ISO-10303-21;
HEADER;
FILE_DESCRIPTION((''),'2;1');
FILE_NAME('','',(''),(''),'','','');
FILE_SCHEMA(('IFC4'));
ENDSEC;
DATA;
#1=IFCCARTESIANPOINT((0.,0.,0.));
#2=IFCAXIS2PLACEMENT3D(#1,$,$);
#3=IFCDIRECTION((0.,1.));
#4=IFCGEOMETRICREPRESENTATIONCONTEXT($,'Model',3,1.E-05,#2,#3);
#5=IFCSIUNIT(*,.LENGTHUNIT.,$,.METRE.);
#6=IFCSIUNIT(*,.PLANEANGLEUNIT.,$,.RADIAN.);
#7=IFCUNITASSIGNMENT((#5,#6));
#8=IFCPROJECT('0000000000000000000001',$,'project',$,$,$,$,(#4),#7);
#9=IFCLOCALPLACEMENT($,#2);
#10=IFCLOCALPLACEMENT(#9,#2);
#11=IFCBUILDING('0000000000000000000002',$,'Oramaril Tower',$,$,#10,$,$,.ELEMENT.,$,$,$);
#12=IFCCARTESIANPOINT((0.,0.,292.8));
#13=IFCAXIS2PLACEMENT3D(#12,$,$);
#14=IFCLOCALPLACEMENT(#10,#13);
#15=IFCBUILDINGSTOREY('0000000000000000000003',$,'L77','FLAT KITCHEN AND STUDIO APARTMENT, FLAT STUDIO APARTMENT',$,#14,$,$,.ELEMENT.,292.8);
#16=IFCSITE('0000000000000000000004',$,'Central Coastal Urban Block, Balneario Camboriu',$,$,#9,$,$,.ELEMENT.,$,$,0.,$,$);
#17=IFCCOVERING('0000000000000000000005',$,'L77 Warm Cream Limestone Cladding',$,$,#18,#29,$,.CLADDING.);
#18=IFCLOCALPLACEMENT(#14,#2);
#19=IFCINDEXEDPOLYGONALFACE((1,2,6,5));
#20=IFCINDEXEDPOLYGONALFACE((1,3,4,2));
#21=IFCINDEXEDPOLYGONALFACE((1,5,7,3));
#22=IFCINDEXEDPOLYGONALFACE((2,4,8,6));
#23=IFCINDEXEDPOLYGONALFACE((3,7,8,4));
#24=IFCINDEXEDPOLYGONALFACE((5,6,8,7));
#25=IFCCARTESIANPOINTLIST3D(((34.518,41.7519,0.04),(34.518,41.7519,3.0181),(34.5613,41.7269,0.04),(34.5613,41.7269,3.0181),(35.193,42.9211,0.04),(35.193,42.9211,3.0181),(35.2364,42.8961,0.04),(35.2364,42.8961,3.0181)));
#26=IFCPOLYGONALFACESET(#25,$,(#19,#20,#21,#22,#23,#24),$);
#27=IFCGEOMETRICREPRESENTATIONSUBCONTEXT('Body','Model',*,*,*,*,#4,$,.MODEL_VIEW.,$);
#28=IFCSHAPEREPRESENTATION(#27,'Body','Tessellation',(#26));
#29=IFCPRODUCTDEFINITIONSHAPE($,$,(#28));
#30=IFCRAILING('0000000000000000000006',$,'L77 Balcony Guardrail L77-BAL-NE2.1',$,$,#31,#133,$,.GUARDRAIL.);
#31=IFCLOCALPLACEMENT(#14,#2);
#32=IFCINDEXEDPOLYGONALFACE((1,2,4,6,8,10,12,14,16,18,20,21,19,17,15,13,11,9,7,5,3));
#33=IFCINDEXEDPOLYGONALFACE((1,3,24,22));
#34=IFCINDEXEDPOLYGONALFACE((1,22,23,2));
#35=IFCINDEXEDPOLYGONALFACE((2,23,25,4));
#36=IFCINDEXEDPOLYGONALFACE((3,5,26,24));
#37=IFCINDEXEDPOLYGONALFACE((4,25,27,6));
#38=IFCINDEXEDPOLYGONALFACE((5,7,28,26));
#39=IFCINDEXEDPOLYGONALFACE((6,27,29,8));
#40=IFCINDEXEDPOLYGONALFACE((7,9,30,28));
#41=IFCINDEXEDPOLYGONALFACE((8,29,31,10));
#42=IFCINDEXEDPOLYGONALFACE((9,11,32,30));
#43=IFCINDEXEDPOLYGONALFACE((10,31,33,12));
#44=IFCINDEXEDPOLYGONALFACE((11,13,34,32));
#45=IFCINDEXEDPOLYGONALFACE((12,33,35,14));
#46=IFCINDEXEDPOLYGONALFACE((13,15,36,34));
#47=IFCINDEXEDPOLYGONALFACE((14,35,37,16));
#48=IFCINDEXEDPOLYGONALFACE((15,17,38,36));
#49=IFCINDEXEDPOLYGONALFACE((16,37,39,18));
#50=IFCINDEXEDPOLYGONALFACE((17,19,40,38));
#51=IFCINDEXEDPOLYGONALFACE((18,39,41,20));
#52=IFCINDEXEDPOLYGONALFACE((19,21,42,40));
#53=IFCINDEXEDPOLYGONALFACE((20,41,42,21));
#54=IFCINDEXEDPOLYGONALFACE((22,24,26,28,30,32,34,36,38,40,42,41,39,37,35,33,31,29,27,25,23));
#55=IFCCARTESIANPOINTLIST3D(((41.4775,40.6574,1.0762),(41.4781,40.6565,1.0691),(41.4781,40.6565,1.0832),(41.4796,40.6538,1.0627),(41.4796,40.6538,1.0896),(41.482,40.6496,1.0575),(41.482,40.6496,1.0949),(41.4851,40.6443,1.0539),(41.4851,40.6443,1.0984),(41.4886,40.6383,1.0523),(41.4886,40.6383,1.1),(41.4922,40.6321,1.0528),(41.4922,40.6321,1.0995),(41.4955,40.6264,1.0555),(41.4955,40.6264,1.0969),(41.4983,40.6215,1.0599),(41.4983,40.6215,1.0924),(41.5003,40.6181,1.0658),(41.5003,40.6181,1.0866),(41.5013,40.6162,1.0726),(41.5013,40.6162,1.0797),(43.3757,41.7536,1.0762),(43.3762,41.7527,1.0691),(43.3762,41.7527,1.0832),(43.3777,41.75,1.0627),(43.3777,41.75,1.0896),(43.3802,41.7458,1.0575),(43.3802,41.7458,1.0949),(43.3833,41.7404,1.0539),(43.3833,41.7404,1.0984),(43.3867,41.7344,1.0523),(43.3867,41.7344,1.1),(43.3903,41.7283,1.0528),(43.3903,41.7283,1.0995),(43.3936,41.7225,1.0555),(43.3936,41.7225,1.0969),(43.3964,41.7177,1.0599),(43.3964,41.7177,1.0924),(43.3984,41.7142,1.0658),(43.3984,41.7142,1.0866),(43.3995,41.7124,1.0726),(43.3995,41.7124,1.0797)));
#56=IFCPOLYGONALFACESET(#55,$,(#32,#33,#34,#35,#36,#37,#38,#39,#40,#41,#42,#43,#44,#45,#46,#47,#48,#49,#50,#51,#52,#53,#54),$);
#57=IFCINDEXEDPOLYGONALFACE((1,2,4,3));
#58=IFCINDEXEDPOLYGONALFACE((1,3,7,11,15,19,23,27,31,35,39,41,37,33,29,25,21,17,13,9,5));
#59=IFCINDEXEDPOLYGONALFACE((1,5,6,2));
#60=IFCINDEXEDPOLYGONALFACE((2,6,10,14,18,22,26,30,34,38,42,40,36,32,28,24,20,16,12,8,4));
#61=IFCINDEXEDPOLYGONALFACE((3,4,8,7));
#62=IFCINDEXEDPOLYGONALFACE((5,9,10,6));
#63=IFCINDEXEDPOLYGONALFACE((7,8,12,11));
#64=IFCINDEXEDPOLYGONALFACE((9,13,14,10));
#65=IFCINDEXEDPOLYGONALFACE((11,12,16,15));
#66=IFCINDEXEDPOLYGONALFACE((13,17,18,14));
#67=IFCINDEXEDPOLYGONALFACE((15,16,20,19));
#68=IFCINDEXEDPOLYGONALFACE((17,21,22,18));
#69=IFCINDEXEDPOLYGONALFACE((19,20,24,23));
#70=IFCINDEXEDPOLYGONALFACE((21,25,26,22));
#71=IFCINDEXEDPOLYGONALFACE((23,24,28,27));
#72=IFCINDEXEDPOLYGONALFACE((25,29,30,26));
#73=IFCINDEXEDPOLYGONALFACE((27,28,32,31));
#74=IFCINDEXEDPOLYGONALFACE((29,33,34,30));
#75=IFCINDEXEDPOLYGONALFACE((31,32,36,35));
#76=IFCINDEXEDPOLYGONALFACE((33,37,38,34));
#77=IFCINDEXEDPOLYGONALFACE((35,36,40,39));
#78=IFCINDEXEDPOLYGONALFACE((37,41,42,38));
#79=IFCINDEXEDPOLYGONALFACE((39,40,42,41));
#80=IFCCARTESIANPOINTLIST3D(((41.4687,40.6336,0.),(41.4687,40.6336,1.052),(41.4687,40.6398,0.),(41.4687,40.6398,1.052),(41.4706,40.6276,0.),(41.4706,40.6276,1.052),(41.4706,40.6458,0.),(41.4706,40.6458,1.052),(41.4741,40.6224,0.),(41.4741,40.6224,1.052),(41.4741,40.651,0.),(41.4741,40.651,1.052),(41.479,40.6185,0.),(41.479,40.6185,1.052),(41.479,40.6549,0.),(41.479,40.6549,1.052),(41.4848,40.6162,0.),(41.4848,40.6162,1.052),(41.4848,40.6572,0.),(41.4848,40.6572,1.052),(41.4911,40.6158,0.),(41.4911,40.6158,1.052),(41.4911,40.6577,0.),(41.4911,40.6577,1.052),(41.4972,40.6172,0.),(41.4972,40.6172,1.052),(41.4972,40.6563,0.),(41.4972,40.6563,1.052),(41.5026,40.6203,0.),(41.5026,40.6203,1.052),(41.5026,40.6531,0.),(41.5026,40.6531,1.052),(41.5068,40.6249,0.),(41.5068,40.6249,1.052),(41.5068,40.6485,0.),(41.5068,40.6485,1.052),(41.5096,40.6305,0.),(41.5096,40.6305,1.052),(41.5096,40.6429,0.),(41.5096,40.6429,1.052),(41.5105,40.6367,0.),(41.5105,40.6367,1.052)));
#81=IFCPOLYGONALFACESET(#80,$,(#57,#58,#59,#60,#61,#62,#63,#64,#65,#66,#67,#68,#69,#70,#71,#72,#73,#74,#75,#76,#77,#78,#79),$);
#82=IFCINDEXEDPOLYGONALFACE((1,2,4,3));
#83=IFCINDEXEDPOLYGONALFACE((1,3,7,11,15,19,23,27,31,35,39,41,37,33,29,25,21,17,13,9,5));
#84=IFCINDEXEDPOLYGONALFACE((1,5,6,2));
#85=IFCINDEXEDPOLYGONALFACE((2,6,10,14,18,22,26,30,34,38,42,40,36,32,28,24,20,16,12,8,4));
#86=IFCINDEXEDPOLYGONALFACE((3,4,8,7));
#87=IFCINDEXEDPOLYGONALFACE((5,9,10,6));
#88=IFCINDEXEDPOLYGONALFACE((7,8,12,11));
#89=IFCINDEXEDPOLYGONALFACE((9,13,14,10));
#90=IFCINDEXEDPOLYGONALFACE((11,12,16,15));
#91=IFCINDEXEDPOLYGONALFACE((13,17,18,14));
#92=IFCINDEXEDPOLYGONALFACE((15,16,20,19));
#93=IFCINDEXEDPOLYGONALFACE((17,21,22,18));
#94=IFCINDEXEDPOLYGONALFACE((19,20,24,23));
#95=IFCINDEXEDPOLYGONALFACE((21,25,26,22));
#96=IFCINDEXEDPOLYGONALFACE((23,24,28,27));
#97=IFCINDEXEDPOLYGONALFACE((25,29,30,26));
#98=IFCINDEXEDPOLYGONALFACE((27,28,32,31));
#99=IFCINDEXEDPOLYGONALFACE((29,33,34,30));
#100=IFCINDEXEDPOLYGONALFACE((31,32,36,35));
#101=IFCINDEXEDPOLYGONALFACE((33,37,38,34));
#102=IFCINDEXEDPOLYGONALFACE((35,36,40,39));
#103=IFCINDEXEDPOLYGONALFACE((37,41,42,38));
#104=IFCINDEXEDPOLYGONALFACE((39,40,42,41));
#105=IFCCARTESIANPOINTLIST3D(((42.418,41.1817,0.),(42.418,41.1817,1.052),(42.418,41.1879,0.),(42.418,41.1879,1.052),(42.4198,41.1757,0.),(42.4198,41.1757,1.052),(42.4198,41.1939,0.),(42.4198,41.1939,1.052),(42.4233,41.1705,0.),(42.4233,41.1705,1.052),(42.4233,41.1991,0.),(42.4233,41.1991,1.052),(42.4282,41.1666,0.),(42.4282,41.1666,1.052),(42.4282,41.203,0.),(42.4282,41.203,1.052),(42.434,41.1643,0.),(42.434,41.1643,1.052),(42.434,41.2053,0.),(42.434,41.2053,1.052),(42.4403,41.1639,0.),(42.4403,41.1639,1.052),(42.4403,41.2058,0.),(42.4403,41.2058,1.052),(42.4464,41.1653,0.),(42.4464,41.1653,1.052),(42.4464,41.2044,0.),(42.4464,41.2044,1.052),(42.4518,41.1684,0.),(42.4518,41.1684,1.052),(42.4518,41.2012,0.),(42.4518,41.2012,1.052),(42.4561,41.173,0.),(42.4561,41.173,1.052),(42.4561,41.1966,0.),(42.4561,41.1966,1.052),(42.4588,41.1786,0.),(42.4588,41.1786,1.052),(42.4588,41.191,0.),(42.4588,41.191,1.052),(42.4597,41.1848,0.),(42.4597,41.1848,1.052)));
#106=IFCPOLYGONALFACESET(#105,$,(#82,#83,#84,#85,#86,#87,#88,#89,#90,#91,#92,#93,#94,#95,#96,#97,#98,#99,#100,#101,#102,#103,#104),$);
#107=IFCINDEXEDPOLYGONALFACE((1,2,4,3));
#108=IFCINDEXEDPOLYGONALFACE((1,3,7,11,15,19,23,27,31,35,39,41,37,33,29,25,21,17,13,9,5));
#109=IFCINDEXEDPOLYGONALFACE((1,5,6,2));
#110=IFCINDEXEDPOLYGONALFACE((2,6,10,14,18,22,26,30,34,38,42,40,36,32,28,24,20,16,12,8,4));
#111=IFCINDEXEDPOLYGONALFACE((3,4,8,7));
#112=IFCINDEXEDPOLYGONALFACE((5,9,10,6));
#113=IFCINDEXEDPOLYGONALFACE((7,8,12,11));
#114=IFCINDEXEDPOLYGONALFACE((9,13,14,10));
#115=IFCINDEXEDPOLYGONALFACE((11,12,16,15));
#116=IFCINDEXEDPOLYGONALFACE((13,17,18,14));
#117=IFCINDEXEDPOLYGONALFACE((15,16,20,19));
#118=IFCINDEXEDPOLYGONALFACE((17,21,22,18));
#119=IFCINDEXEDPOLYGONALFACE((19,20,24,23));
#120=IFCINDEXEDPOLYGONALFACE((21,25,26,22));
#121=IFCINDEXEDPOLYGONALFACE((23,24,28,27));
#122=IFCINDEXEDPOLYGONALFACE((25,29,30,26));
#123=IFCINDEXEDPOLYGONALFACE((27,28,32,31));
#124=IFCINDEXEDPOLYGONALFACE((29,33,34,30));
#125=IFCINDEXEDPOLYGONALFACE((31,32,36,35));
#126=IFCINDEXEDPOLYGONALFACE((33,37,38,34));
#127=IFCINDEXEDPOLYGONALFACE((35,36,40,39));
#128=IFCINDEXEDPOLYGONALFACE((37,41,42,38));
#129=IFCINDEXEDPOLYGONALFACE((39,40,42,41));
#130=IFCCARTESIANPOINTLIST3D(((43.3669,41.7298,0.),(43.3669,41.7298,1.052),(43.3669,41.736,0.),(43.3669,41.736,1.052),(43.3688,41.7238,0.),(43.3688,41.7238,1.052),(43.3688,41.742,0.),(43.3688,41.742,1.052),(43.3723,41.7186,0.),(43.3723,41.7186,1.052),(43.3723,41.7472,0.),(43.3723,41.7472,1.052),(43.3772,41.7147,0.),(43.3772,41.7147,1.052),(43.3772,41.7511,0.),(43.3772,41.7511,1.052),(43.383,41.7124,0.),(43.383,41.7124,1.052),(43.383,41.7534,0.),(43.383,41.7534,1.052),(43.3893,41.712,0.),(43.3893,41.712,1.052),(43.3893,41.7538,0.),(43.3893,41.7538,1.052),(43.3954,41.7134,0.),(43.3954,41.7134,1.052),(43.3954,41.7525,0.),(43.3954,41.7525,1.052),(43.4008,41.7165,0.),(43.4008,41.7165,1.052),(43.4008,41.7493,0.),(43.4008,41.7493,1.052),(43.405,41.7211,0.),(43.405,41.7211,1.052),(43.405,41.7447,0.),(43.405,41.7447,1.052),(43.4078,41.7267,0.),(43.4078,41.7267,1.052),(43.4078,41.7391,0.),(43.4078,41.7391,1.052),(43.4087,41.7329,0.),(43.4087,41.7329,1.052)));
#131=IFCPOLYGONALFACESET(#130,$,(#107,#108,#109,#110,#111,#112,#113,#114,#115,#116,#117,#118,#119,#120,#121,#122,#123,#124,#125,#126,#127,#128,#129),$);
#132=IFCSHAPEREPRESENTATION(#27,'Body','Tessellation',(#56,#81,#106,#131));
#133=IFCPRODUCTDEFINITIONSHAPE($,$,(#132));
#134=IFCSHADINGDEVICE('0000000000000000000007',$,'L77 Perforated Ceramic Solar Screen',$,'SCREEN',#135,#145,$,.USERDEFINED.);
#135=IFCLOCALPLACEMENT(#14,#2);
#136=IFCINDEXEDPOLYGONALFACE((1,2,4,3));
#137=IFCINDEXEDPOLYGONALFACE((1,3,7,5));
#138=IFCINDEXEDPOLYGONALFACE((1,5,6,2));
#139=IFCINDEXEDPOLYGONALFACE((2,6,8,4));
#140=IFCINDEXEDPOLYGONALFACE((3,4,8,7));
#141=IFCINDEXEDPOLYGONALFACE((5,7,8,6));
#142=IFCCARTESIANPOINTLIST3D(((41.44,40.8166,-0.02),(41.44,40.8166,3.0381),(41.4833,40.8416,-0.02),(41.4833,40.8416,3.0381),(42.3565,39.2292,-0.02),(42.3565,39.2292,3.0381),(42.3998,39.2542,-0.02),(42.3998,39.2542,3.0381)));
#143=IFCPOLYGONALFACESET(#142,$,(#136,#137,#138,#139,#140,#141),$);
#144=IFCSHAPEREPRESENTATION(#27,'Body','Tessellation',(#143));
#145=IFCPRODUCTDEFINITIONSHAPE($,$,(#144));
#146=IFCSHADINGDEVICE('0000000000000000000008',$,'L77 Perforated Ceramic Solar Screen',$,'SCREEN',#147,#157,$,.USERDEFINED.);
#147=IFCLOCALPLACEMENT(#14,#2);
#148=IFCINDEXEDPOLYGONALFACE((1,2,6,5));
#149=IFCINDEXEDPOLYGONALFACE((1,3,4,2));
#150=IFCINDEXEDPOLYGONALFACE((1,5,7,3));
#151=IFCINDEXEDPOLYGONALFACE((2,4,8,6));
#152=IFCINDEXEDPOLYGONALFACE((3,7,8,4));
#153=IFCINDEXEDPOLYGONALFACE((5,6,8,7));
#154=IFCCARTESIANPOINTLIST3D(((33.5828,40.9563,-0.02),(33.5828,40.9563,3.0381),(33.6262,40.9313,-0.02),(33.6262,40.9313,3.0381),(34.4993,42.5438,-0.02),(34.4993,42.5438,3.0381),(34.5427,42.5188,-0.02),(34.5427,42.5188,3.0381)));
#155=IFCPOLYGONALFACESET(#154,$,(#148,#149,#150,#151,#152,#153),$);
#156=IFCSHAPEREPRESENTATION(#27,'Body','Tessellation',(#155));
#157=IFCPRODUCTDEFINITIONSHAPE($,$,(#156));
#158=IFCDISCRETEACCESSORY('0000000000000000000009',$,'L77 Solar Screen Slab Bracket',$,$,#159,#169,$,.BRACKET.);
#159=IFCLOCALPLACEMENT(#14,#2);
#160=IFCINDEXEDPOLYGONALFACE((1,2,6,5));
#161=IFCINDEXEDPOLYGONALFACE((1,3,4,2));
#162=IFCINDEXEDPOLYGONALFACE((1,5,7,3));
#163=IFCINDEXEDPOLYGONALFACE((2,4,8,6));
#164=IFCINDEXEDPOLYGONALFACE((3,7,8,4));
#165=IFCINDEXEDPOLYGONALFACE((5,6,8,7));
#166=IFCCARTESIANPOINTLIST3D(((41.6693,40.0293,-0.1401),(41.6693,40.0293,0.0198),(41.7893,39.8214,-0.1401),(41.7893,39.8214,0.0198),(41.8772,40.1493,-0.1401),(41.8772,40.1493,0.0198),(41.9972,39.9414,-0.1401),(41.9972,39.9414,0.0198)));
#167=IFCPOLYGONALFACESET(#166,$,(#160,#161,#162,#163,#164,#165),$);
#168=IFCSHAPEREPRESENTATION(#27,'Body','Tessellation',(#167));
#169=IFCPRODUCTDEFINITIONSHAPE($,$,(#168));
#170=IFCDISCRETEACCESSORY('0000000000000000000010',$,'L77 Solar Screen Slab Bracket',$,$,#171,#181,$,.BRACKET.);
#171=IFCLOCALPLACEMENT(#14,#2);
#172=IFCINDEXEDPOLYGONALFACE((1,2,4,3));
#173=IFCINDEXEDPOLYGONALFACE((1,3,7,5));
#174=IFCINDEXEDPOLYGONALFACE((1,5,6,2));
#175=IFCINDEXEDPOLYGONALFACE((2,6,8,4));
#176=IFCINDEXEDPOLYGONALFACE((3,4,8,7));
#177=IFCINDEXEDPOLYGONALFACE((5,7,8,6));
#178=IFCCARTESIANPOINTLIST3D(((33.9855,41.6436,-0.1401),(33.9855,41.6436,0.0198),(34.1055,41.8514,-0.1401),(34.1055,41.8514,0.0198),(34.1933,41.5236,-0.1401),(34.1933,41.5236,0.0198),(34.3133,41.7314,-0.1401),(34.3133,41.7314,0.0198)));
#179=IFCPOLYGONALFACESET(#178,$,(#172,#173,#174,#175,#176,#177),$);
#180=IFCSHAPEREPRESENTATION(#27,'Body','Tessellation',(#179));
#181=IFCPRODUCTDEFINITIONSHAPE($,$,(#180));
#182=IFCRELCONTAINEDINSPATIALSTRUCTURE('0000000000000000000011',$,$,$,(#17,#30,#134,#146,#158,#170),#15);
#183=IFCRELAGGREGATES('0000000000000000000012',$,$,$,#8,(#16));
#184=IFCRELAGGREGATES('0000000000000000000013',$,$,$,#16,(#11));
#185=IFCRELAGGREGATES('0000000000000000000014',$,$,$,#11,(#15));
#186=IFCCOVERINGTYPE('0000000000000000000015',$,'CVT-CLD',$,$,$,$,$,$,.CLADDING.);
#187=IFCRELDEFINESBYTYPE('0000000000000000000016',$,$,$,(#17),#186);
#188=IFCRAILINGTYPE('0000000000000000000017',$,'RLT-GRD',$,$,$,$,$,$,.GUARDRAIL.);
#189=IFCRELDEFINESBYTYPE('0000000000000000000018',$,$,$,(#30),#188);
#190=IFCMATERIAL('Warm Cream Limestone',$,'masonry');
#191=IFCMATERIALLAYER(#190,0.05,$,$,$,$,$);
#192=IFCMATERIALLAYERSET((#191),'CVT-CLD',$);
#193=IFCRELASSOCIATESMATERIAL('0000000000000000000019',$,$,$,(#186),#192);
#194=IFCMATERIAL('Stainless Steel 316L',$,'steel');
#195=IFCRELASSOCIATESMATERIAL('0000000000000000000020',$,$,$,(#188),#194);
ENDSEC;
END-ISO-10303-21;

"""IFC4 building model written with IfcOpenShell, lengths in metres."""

from ifc_helpers import new_model, si_unit, direction, frame, origin, origin_2d, place, context, subcontext, project, spatial, rectangle, circle, extrude, material, layer, layer_set, type_object, element, save


model = new_model("IFC4")

# Units and contexts
model_context = context("Model", 3, precision=1e-05, world=origin(), true_north=direction((0.0, 1.0)))
body_context = subcontext(model_context, "Body", "Model", "MODEL_VIEW")
ifc_project = project(units=[si_unit("LENGTHUNIT", "METRE"), si_unit("PLANEANGLEUNIT", "RADIAN")], contexts=[model_context])

# Site, building, storey
site_placement = place(None, origin())
site = spatial("IfcSite", under=ifc_project, at=site_placement, Name="Central Coastal Urban Block, Balneario Camboriu", CompositionType="ELEMENT", RefElevation=0.0)
building_placement = place(site_placement, origin())
building = spatial("IfcBuilding", under=site, at=building_placement, Name="Oramaril Tower", CompositionType="ELEMENT")
storey_placement = place(building_placement, frame((0.0, 0.0, 292.8)))
storey = spatial("IfcBuildingStorey", under=building, at=storey_placement, Name="L77", Description="FLAT KITCHEN AND STUDIO APARTMENT, FLAT STUDIO APARTMENT", CompositionType="ELEMENT", Elevation=292.8)

# Covering
ifc_material_1 = material(Name="Warm Cream Limestone", Category="masonry")
ifc_layer_1 = layer(ifc_material_1, 0.05)
ifc_layer_set_1 = layer_set([ifc_layer_1], Name="CVT-CLD")
covering_type = type_object("IfcCoveringType", Name="CVT-CLD", PredefinedType="CLADDING", material=ifc_layer_set_1)
covering_1_placement = place(storey_placement, frame((34.8772, 42.324, 0.04), z_axis=(0.0, 0.0, 1.0), x_axis=(-0.5, -0.866025, 0.0)))
element("IfcCovering", 1, at=covering_1_placement, inside=storey, type_object=covering_type, Name="L77 Warm Cream Limestone Cladding", PredefinedType="CLADDING", context=body_context, shape_type="SweptSolid", body=[
    extrude(rectangle(XDim=1.3501, YDim=0.05, at=origin_2d()), origin(), (0.0, 0.0, 1.0), 2.978),
])

# Railing
ifc_material_2 = material(Name="Stainless Steel 316L", Category="steel")
railing_type = type_object("IfcRailingType", Name="RLT-GRD", PredefinedType="GUARDRAIL", material=ifc_material_2)
railing_1_placement = place(storey_placement, frame((41.4895, 40.6367, 0.0)))
element("IfcRailing", 2, at=railing_1_placement, inside=storey, type_object=railing_type, Name="L77 Balcony Guardrail L77-BAL-NE2.1", PredefinedType="GUARDRAIL", context=body_context, shape_type="SweptSolid", body=[
    extrude(circle(Radius=0.0239, at=origin_2d()), frame((0.0, 0.0, 1.0762), z_axis=(0.865972, 0.500092, 0.0), x_axis=(-0.500092, 0.865972, 0.0)), (0.0, 0.0, 1.0), 2.1919),
    extrude(circle(Radius=0.021, at=origin_2d()), origin(), (0.0, 0.0, 1.0), 1.052),
    extrude(circle(Radius=0.021, at=origin_2d()), frame((0.9492, 0.5481, 0.0)), (0.0, 0.0, 1.0), 1.052),
    extrude(circle(Radius=0.021, at=origin_2d()), frame((1.8982, 1.0962, 0.0)), (0.0, 0.0, 1.0), 1.052),
])

# Shading devices
for number, where, z_axis, x_axis, name in (
    (3, (41.9199, 40.0354, -0.02), (0.0, 0.0, 1.0), (-0.5, 0.866025, 0.0), "L77 Perforated Ceramic Solar Screen"),
    (4, (34.0627, 41.7375, -0.02), (0.0, 0.0, 1.0), (-0.5, -0.866025, 0.0), "L77 Perforated Ceramic Solar Screen"),
):
    element("IfcShadingDevice", number, at=place(storey_placement, frame(where, z_axis=z_axis, x_axis=x_axis)), inside=storey, Name=name, ObjectType="SCREEN", PredefinedType="USERDEFINED", context=body_context, shape_type="SweptSolid", body=[
        extrude(rectangle(XDim=1.833, YDim=0.05, at=origin_2d()), origin(), (0.0, 0.0, 1.0), 3.0581),
    ])

# Discrete accessories
for number, where, z_axis, x_axis, name in (
    (5, (41.8333, 39.9854, -0.1401), (0.0, 0.0, 1.0), (-0.5, 0.866025, 0.0), "L77 Solar Screen Slab Bracket"),
    (6, (34.1494, 41.6875, -0.1401), (0.0, 0.0, 1.0), (-0.5, -0.866025, 0.0), "L77 Solar Screen Slab Bracket"),
):
    element("IfcDiscreteAccessory", number, at=place(storey_placement, frame(where, z_axis=z_axis, x_axis=x_axis)), inside=storey, Name=name, PredefinedType="BRACKET", context=body_context, shape_type="SweptSolid", body=[
        extrude(rectangle(XDim=0.24, YDim=0.24, at=origin_2d()), origin(), (0.0, 0.0, 1.0), 0.1599),
    ])

save(model, "model.ifc")
